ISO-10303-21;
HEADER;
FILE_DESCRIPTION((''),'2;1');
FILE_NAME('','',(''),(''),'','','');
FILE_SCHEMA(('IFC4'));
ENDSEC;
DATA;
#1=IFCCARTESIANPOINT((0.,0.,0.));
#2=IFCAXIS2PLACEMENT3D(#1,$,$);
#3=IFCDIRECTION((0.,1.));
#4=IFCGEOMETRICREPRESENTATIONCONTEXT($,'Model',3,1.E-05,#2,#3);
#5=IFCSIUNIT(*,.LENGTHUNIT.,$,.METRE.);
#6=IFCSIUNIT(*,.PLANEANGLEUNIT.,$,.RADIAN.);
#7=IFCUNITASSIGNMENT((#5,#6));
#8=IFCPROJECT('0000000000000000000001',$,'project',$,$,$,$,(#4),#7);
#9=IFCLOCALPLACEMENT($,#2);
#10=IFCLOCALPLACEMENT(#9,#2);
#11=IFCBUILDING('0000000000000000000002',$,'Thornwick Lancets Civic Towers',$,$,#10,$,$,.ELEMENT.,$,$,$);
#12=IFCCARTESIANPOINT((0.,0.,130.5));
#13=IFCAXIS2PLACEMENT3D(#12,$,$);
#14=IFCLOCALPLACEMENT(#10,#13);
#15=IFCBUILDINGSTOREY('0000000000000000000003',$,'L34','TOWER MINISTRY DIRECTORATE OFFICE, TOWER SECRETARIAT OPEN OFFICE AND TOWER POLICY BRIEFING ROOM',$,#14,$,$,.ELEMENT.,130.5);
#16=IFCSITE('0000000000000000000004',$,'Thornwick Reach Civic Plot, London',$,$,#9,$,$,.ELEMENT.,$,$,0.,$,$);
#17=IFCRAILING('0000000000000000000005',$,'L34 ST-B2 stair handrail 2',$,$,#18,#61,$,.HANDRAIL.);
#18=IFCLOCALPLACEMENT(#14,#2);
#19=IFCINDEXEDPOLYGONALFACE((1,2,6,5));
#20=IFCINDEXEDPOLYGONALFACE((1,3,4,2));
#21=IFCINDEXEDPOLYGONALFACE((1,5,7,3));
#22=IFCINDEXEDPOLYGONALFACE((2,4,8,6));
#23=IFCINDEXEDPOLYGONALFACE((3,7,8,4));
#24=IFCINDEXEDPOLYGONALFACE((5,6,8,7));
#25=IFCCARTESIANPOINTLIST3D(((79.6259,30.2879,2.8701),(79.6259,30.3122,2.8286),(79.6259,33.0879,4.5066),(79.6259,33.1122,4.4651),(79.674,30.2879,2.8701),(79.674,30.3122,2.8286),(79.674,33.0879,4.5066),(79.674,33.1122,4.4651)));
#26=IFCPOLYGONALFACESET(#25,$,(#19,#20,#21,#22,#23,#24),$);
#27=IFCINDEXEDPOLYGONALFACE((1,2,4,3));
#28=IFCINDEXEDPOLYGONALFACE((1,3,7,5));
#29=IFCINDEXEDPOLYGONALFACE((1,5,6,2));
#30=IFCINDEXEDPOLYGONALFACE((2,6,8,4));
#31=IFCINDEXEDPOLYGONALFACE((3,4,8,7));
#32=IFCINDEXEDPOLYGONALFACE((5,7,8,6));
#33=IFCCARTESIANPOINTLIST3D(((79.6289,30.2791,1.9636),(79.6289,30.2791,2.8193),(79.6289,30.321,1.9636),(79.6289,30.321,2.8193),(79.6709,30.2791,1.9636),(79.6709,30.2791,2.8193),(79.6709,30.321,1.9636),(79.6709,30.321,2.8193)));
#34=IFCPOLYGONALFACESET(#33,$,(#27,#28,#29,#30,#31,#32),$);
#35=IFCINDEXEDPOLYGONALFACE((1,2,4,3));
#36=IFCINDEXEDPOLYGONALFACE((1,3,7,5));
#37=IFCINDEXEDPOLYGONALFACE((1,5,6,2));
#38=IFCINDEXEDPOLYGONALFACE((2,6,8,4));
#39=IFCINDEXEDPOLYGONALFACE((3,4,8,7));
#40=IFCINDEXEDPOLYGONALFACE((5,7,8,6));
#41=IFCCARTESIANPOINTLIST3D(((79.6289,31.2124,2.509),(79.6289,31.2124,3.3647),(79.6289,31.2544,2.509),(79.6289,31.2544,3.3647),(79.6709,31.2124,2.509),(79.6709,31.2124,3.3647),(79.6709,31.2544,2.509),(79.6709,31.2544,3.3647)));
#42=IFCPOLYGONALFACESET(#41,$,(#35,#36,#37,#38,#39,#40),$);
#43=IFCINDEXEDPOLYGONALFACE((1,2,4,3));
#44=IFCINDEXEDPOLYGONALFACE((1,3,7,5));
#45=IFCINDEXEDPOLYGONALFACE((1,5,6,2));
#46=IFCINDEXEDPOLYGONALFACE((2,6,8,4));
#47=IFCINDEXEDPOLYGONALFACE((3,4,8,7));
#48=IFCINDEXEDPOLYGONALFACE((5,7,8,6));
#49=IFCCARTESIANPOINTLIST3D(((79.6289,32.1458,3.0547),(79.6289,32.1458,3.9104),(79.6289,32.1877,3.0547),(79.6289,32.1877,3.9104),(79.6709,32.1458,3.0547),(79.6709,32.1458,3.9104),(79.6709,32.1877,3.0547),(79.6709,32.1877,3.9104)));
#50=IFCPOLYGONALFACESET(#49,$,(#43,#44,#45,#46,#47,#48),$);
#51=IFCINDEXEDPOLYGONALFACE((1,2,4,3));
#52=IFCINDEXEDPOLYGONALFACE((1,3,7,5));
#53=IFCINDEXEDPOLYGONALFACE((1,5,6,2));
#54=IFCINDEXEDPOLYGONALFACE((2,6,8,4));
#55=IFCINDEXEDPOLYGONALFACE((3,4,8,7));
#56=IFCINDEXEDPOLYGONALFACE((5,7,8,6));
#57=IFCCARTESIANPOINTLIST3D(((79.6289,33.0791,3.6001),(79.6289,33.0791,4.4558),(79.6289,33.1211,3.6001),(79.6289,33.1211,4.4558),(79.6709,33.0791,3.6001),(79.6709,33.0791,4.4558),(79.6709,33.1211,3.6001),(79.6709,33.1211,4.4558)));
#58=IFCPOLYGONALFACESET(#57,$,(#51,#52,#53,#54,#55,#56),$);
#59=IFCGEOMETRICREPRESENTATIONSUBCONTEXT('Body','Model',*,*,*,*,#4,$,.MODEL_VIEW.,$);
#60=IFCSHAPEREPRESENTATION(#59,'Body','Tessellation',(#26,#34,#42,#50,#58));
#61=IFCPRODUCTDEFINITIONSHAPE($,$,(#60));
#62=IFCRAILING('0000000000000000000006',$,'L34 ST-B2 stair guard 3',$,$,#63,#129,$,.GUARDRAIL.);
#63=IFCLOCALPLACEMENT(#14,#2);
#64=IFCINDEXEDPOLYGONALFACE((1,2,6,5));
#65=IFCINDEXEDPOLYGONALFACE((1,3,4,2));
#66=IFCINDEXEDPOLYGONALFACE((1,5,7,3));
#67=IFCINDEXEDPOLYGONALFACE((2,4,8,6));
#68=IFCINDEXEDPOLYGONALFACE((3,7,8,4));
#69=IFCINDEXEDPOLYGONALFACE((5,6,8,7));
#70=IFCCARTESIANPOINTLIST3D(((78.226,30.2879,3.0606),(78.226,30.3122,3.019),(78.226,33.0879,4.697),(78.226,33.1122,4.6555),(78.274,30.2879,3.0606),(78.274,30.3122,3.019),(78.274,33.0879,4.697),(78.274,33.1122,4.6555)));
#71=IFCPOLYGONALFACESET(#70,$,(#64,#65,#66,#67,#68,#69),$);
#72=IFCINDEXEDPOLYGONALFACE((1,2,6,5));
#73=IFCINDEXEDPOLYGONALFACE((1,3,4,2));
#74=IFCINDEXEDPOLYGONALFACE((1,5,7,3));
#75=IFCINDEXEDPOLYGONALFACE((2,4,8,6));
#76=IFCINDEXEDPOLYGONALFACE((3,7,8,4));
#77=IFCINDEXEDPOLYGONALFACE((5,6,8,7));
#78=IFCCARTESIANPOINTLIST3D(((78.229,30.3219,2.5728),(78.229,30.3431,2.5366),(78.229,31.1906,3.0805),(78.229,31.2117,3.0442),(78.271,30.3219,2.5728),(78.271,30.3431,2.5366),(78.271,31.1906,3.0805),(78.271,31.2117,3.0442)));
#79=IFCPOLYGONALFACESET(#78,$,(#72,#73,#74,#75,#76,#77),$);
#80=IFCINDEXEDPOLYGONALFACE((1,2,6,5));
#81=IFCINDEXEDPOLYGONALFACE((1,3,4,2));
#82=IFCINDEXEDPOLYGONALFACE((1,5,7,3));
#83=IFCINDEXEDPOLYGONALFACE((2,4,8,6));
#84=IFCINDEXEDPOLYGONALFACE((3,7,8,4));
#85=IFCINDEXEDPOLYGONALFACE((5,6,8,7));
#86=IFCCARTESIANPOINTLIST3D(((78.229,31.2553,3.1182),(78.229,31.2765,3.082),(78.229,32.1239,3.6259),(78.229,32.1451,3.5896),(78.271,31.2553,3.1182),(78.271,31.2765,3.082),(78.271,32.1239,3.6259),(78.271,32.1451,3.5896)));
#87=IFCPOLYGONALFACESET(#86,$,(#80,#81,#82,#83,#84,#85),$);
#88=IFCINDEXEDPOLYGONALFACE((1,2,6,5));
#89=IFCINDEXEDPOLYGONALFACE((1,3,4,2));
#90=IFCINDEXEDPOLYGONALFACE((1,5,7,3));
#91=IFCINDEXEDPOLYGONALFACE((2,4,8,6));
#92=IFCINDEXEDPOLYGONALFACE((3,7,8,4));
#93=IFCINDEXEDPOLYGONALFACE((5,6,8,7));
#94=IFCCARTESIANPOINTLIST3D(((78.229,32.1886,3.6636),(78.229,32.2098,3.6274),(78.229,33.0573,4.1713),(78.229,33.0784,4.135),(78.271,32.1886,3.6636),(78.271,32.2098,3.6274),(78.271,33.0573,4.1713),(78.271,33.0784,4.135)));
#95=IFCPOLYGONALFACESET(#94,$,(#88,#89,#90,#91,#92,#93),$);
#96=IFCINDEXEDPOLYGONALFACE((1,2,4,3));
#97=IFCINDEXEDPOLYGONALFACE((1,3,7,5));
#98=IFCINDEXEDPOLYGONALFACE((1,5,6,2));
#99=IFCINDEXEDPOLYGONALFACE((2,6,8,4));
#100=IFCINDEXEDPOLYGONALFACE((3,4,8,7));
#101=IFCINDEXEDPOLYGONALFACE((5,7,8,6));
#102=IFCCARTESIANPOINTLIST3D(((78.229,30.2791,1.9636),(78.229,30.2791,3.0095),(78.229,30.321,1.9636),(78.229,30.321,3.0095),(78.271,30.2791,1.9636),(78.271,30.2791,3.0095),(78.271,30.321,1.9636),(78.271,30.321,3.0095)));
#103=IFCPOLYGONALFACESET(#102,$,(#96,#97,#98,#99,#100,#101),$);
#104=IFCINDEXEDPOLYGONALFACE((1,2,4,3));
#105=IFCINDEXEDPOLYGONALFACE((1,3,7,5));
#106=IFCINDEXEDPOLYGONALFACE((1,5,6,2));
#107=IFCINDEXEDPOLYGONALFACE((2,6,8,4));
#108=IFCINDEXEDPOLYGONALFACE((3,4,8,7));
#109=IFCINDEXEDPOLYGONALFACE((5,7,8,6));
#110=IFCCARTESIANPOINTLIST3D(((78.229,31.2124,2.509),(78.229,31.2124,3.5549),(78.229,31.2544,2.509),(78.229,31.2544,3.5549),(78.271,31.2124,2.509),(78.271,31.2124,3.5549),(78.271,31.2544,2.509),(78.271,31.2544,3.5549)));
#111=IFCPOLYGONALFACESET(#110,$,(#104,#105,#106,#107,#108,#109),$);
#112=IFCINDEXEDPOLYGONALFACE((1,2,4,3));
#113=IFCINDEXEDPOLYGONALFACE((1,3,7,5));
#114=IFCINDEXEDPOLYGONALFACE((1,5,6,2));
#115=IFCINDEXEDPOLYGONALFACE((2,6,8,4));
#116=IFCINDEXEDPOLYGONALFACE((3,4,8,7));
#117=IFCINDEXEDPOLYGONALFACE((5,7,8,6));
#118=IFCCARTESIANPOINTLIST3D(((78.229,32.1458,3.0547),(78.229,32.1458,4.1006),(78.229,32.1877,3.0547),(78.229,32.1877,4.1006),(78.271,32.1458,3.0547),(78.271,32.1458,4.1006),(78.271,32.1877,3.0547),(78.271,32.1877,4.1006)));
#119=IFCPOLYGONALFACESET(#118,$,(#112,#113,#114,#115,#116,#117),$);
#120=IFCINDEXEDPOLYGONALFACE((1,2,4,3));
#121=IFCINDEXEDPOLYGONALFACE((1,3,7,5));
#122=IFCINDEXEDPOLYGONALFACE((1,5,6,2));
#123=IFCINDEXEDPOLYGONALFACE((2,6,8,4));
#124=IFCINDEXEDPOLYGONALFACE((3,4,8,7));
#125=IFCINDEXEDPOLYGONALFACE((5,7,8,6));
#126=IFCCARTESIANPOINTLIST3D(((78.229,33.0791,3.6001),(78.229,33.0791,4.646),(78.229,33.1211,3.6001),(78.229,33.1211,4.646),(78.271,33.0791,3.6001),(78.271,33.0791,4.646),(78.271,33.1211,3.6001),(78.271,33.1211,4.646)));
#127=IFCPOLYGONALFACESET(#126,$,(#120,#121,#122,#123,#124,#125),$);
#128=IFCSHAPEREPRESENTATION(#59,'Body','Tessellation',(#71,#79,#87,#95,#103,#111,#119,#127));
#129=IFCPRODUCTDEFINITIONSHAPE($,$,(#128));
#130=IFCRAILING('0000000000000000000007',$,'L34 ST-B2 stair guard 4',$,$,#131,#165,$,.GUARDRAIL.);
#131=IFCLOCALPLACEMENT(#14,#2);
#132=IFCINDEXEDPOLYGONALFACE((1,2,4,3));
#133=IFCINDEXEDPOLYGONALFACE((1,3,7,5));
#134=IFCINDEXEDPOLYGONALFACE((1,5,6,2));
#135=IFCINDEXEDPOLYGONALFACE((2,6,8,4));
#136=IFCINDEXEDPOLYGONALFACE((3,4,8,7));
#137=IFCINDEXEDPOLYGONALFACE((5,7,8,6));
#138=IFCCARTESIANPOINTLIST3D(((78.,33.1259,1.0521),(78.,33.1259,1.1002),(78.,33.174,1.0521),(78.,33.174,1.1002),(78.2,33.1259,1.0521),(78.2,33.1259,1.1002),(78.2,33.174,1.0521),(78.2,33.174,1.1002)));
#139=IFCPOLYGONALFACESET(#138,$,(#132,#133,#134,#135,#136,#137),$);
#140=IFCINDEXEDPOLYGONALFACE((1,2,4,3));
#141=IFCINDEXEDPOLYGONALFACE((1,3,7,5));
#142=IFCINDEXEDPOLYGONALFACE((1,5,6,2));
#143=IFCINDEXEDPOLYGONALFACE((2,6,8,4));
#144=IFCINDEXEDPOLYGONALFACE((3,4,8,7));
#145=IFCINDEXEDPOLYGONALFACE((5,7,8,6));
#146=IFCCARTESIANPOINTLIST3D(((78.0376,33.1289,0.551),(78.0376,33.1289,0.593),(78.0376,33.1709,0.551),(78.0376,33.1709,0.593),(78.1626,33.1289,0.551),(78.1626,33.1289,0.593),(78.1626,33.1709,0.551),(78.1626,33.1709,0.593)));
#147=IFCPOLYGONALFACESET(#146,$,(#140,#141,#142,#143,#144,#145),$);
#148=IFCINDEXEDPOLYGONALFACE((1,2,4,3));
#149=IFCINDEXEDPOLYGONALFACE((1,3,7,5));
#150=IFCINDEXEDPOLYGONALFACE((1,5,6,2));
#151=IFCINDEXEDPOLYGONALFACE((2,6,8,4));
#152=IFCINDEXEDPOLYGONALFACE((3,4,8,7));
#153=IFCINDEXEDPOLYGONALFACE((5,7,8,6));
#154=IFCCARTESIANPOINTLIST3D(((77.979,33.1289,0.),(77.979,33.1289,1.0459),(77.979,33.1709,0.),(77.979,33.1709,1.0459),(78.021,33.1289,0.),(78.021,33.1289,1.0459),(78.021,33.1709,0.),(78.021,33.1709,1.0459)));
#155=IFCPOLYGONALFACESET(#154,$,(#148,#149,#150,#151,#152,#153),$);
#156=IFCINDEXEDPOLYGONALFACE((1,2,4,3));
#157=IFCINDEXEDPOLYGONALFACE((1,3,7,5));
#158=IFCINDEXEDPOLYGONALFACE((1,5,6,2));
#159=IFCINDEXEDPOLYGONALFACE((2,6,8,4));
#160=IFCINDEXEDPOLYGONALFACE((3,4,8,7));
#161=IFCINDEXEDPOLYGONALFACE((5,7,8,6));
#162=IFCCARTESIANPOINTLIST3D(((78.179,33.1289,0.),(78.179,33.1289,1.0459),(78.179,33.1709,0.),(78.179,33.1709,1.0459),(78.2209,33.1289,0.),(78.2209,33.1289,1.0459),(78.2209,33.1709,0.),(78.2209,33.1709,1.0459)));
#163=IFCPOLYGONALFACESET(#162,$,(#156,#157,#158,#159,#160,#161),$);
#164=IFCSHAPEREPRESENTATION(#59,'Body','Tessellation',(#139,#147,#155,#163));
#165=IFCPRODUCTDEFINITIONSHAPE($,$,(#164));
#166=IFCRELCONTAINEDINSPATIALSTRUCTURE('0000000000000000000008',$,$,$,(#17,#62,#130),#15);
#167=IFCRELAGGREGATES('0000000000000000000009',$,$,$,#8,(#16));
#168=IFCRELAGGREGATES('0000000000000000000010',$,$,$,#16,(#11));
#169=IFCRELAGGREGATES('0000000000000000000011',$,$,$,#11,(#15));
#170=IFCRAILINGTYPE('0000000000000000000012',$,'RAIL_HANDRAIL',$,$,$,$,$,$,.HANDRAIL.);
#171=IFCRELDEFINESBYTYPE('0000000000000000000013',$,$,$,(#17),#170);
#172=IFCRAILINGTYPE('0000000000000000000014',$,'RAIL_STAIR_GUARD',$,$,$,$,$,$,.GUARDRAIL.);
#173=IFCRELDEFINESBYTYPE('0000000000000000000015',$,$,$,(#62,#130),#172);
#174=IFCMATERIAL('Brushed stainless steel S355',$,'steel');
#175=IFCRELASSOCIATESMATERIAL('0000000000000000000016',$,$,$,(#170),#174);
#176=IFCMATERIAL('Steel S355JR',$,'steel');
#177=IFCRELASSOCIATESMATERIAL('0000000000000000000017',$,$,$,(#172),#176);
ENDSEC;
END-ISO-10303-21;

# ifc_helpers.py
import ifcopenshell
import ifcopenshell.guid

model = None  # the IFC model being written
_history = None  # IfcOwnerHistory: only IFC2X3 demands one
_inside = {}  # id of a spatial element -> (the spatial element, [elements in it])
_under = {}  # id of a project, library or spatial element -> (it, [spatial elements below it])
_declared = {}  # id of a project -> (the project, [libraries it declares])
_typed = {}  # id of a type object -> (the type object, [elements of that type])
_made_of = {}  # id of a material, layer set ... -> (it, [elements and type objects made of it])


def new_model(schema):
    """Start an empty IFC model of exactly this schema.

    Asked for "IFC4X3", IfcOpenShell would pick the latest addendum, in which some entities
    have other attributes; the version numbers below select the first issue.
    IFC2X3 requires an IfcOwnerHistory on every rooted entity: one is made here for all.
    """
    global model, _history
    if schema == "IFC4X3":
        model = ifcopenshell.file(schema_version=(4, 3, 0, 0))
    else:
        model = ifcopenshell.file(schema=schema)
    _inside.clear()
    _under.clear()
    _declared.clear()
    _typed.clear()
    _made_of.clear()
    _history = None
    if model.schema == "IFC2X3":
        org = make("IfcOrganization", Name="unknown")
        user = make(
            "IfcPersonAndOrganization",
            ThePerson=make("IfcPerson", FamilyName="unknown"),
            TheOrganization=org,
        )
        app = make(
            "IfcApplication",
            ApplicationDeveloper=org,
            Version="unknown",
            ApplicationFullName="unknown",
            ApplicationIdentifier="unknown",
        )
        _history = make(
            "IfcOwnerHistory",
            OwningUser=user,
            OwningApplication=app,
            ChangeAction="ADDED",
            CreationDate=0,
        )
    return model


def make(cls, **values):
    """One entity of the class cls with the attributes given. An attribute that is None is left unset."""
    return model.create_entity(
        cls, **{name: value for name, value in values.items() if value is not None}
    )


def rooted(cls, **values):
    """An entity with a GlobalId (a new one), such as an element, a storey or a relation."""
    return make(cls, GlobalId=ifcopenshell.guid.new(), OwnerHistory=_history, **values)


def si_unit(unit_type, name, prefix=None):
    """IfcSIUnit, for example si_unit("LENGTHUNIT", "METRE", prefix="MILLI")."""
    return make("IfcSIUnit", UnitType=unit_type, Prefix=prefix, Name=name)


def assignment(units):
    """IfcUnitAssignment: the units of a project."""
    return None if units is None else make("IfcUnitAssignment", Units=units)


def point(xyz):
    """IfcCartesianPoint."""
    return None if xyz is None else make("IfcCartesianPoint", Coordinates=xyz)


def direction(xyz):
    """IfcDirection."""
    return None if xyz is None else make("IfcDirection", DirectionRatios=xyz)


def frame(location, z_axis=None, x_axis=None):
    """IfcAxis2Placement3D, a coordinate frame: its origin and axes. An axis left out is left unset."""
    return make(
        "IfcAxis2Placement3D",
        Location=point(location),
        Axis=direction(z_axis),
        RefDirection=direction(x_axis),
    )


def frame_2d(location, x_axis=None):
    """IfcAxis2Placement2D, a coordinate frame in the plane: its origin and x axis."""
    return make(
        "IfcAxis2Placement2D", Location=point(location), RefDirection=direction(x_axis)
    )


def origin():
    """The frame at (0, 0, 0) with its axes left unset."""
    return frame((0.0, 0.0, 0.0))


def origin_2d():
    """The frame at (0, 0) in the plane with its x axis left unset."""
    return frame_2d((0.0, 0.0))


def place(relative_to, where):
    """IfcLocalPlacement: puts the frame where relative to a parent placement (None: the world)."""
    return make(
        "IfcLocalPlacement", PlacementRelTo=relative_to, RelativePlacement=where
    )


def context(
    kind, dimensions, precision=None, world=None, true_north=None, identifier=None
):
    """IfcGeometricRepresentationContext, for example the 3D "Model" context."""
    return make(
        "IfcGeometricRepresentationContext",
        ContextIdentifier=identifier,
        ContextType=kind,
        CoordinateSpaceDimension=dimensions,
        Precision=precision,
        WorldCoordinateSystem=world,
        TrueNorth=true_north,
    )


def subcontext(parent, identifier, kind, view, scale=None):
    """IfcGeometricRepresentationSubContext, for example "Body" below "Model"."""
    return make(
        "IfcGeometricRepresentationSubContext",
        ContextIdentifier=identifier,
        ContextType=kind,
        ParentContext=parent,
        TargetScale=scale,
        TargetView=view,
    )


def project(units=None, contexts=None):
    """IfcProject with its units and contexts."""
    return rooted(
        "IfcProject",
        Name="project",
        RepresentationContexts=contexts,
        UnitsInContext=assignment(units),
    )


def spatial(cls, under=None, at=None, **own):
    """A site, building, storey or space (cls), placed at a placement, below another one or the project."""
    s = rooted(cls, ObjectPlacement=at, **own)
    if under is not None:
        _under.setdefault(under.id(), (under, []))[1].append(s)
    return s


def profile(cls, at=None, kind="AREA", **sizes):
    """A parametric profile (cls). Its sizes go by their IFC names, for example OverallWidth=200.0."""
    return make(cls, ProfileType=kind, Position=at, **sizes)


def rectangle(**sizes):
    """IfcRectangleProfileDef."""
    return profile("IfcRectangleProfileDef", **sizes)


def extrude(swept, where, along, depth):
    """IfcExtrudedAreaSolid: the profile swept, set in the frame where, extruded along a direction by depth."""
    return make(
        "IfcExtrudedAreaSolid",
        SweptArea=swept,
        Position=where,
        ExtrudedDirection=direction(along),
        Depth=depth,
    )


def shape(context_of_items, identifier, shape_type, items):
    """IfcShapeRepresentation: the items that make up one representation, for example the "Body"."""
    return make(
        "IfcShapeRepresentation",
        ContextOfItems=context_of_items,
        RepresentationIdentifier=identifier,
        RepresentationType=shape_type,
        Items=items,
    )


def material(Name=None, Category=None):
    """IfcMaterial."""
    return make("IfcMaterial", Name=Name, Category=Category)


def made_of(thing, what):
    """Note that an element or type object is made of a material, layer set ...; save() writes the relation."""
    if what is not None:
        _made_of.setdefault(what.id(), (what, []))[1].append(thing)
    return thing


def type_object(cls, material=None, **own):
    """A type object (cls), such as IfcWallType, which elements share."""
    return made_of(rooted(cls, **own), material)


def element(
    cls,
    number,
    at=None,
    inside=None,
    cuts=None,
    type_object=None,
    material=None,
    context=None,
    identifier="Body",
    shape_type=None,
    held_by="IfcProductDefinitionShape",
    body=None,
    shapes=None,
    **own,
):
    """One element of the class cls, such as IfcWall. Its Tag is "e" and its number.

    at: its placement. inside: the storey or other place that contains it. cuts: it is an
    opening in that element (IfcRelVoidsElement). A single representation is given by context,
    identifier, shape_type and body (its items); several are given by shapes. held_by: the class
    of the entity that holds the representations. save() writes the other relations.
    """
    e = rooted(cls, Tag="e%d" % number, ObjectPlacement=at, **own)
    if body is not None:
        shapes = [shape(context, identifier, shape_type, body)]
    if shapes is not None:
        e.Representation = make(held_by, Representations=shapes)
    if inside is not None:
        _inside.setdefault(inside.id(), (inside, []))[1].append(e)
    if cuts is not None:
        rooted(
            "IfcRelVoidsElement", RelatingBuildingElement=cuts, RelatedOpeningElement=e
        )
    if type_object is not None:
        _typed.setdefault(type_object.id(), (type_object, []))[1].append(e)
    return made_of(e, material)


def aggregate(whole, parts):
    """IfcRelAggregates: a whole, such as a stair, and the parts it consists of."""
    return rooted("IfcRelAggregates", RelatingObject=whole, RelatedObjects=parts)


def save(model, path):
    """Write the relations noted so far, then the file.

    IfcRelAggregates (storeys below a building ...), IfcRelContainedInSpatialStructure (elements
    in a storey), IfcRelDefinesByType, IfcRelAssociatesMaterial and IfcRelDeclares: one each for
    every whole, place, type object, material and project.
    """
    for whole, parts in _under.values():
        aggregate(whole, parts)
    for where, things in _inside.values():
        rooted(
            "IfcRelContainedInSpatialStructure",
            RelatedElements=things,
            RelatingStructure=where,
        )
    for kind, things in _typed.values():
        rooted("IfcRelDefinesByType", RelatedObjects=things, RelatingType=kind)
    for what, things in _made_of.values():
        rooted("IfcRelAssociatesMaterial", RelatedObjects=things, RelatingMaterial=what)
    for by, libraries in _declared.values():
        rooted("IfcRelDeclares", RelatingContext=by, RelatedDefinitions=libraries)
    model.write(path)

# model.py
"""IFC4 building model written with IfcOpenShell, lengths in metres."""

from ifc_helpers import new_model, si_unit, direction, frame, origin, origin_2d, place, context, subcontext, project, spatial, rectangle, extrude, material, type_object, element, save


model = new_model("IFC4")

# Units and contexts
model_context = context("Model", 3, precision=1e-05, world=origin(), true_north=direction((0.0, 1.0)))
body_context = subcontext(model_context, "Body", "Model", "MODEL_VIEW")
ifc_project = project(units=[si_unit("LENGTHUNIT", "METRE"), si_unit("PLANEANGLEUNIT", "RADIAN")], contexts=[model_context])

# Site, building, storey
site_placement = place(None, origin())
site = spatial("IfcSite", under=ifc_project, at=site_placement, Name="Thornwick Reach Civic Plot, London", CompositionType="ELEMENT", RefElevation=0.0)
building_placement = place(site_placement, origin())
building = spatial("IfcBuilding", under=site, at=building_placement, Name="Thornwick Lancets Civic Towers", CompositionType="ELEMENT")
storey_placement = place(building_placement, frame((0.0, 0.0, 130.5)))
storey = spatial("IfcBuildingStorey", under=building, at=storey_placement, Name="L34", Description="TOWER MINISTRY DIRECTORATE OFFICE, TOWER SECRETARIAT OPEN OFFICE AND TOWER POLICY BRIEFING ROOM", CompositionType="ELEMENT", Elevation=130.5)

# Shared definitions
ifc_material_1 = material(Name="Steel S355JR", Category="steel")

# Railings
ifc_material_2 = material(Name="Brushed stainless steel S355", Category="steel")
railing_type_1 = type_object("IfcRailingType", Name="RAIL_HANDRAIL", PredefinedType="HANDRAIL", material=ifc_material_2)
railing_1_placement = place(storey_placement, frame((79.6499, 30.3, 1.9636)))
element("IfcRailing", 1, at=railing_1_placement, inside=storey, type_object=railing_type_1, Name="L34 ST-B2 stair handrail 2", PredefinedType="HANDRAIL", context=body_context, shape_type="SweptSolid", body=[
    extrude(rectangle(XDim=0.0481, YDim=0.0481, at=origin_2d()), frame((0.0, 0.0, 0.8857), z_axis=(0.0, 0.863361, 0.504587), x_axis=(-1.0, 0.0, 0.0)), (0.0, 0.0, 1.0), 3.2432),
    extrude(rectangle(XDim=0.042, YDim=0.042, at=origin_2d()), origin(), (0.0, 0.0, 1.0), 0.8557),
    extrude(rectangle(XDim=0.042, YDim=0.042, at=origin_2d()), frame((0.0, 0.9333, 0.5454)), (0.0, 0.0, 1.0), 0.8557),
    extrude(rectangle(XDim=0.042, YDim=0.042, at=origin_2d()), frame((0.0, 1.8667, 1.0911)), (0.0, 0.0, 1.0), 0.8557),
    extrude(rectangle(XDim=0.042, YDim=0.042, at=origin_2d()), frame((0.0, 2.8, 1.6365)), (0.0, 0.0, 1.0), 0.8557),
])
railing_type_2 = type_object("IfcRailingType", Name="RAIL_STAIR_GUARD", PredefinedType="GUARDRAIL", material=ifc_material_1)
railing_2_placement = place(storey_placement, frame((78.25, 30.3, 1.9636)))
element("IfcRailing", 2, at=railing_2_placement, inside=storey, type_object=railing_type_2, Name="L34 ST-B2 stair guard 3", PredefinedType="GUARDRAIL", context=body_context, shape_type="SweptSolid", body=[
    extrude(rectangle(XDim=0.0481, YDim=0.0481, at=origin_2d()), frame((0.0, 0.0, 1.0762), z_axis=(0.0, 0.863361, 0.504587), x_axis=(-1.0, 0.0, 0.0)), (0.0, 0.0, 1.0), 3.2432),
    extrude(rectangle(XDim=0.042, YDim=0.042, at=origin_2d()), frame((0.0, 0.0325, 0.5911), z_axis=(0.0, 0.863361, 0.504587), x_axis=(-1.0, 0.0, 0.0)), (0.0, 0.0, 1.0), 1.0061),
    extrude(rectangle(XDim=0.042, YDim=0.042, at=origin_2d()), frame((0.0, 0.9658, 1.1365), z_axis=(0.0, 0.863361, 0.504587), x_axis=(-1.0, 0.0, 0.0)), (0.0, 0.0, 1.0), 1.0061),
    extrude(rectangle(XDim=0.042, YDim=0.042, at=origin_2d()), frame((0.0, 1.8992, 1.6819), z_axis=(0.0, 0.863361, 0.504587), x_axis=(-1.0, 0.0, 0.0)), (0.0, 0.0, 1.0), 1.0061),
    extrude(rectangle(XDim=0.042, YDim=0.042, at=origin_2d()), origin(), (0.0, 0.0, 1.0), 1.0459),
    extrude(rectangle(XDim=0.042, YDim=0.042, at=origin_2d()), frame((0.0, 0.9333, 0.5454)), (0.0, 0.0, 1.0), 1.0459),
    extrude(rectangle(XDim=0.042, YDim=0.042, at=origin_2d()), frame((0.0, 1.8667, 1.0911)), (0.0, 0.0, 1.0), 1.0459),
    extrude(rectangle(XDim=0.042, YDim=0.042, at=origin_2d()), frame((0.0, 2.8, 1.6365)), (0.0, 0.0, 1.0), 1.0459),
])
railing_3_placement = place(storey_placement, frame((78.0, 33.1499, 0.0)))
element("IfcRailing", 3, at=railing_3_placement, inside=storey, type_object=railing_type_2, Name="L34 ST-B2 stair guard 4", PredefinedType="GUARDRAIL", context=body_context, shape_type="SweptSolid", body=[
    extrude(rectangle(XDim=0.0481, YDim=0.0481, at=origin_2d()), frame((0.0, 0.0, 1.0762), z_axis=(1.0, 0.0, 0.0), x_axis=(0.0, 1.0, 0.0)), (0.0, 0.0, 1.0), 0.2),
    extrude(rectangle(XDim=0.042, YDim=0.042, at=origin_2d()), frame((0.0376, 0.0, 0.572), z_axis=(1.0, 0.0, 0.0), x_axis=(0.0, 1.0, 0.0)), (0.0, 0.0, 1.0), 0.125),
    extrude(rectangle(XDim=0.042, YDim=0.042, at=origin_2d()), origin(), (0.0, 0.0, 1.0), 1.0459),
    extrude(rectangle(XDim=0.042, YDim=0.042, at=origin_2d()), frame((0.2, 0.0, 0.0)), (0.0, 0.0, 1.0), 1.0459),
])

save(model, "model.ifc")
